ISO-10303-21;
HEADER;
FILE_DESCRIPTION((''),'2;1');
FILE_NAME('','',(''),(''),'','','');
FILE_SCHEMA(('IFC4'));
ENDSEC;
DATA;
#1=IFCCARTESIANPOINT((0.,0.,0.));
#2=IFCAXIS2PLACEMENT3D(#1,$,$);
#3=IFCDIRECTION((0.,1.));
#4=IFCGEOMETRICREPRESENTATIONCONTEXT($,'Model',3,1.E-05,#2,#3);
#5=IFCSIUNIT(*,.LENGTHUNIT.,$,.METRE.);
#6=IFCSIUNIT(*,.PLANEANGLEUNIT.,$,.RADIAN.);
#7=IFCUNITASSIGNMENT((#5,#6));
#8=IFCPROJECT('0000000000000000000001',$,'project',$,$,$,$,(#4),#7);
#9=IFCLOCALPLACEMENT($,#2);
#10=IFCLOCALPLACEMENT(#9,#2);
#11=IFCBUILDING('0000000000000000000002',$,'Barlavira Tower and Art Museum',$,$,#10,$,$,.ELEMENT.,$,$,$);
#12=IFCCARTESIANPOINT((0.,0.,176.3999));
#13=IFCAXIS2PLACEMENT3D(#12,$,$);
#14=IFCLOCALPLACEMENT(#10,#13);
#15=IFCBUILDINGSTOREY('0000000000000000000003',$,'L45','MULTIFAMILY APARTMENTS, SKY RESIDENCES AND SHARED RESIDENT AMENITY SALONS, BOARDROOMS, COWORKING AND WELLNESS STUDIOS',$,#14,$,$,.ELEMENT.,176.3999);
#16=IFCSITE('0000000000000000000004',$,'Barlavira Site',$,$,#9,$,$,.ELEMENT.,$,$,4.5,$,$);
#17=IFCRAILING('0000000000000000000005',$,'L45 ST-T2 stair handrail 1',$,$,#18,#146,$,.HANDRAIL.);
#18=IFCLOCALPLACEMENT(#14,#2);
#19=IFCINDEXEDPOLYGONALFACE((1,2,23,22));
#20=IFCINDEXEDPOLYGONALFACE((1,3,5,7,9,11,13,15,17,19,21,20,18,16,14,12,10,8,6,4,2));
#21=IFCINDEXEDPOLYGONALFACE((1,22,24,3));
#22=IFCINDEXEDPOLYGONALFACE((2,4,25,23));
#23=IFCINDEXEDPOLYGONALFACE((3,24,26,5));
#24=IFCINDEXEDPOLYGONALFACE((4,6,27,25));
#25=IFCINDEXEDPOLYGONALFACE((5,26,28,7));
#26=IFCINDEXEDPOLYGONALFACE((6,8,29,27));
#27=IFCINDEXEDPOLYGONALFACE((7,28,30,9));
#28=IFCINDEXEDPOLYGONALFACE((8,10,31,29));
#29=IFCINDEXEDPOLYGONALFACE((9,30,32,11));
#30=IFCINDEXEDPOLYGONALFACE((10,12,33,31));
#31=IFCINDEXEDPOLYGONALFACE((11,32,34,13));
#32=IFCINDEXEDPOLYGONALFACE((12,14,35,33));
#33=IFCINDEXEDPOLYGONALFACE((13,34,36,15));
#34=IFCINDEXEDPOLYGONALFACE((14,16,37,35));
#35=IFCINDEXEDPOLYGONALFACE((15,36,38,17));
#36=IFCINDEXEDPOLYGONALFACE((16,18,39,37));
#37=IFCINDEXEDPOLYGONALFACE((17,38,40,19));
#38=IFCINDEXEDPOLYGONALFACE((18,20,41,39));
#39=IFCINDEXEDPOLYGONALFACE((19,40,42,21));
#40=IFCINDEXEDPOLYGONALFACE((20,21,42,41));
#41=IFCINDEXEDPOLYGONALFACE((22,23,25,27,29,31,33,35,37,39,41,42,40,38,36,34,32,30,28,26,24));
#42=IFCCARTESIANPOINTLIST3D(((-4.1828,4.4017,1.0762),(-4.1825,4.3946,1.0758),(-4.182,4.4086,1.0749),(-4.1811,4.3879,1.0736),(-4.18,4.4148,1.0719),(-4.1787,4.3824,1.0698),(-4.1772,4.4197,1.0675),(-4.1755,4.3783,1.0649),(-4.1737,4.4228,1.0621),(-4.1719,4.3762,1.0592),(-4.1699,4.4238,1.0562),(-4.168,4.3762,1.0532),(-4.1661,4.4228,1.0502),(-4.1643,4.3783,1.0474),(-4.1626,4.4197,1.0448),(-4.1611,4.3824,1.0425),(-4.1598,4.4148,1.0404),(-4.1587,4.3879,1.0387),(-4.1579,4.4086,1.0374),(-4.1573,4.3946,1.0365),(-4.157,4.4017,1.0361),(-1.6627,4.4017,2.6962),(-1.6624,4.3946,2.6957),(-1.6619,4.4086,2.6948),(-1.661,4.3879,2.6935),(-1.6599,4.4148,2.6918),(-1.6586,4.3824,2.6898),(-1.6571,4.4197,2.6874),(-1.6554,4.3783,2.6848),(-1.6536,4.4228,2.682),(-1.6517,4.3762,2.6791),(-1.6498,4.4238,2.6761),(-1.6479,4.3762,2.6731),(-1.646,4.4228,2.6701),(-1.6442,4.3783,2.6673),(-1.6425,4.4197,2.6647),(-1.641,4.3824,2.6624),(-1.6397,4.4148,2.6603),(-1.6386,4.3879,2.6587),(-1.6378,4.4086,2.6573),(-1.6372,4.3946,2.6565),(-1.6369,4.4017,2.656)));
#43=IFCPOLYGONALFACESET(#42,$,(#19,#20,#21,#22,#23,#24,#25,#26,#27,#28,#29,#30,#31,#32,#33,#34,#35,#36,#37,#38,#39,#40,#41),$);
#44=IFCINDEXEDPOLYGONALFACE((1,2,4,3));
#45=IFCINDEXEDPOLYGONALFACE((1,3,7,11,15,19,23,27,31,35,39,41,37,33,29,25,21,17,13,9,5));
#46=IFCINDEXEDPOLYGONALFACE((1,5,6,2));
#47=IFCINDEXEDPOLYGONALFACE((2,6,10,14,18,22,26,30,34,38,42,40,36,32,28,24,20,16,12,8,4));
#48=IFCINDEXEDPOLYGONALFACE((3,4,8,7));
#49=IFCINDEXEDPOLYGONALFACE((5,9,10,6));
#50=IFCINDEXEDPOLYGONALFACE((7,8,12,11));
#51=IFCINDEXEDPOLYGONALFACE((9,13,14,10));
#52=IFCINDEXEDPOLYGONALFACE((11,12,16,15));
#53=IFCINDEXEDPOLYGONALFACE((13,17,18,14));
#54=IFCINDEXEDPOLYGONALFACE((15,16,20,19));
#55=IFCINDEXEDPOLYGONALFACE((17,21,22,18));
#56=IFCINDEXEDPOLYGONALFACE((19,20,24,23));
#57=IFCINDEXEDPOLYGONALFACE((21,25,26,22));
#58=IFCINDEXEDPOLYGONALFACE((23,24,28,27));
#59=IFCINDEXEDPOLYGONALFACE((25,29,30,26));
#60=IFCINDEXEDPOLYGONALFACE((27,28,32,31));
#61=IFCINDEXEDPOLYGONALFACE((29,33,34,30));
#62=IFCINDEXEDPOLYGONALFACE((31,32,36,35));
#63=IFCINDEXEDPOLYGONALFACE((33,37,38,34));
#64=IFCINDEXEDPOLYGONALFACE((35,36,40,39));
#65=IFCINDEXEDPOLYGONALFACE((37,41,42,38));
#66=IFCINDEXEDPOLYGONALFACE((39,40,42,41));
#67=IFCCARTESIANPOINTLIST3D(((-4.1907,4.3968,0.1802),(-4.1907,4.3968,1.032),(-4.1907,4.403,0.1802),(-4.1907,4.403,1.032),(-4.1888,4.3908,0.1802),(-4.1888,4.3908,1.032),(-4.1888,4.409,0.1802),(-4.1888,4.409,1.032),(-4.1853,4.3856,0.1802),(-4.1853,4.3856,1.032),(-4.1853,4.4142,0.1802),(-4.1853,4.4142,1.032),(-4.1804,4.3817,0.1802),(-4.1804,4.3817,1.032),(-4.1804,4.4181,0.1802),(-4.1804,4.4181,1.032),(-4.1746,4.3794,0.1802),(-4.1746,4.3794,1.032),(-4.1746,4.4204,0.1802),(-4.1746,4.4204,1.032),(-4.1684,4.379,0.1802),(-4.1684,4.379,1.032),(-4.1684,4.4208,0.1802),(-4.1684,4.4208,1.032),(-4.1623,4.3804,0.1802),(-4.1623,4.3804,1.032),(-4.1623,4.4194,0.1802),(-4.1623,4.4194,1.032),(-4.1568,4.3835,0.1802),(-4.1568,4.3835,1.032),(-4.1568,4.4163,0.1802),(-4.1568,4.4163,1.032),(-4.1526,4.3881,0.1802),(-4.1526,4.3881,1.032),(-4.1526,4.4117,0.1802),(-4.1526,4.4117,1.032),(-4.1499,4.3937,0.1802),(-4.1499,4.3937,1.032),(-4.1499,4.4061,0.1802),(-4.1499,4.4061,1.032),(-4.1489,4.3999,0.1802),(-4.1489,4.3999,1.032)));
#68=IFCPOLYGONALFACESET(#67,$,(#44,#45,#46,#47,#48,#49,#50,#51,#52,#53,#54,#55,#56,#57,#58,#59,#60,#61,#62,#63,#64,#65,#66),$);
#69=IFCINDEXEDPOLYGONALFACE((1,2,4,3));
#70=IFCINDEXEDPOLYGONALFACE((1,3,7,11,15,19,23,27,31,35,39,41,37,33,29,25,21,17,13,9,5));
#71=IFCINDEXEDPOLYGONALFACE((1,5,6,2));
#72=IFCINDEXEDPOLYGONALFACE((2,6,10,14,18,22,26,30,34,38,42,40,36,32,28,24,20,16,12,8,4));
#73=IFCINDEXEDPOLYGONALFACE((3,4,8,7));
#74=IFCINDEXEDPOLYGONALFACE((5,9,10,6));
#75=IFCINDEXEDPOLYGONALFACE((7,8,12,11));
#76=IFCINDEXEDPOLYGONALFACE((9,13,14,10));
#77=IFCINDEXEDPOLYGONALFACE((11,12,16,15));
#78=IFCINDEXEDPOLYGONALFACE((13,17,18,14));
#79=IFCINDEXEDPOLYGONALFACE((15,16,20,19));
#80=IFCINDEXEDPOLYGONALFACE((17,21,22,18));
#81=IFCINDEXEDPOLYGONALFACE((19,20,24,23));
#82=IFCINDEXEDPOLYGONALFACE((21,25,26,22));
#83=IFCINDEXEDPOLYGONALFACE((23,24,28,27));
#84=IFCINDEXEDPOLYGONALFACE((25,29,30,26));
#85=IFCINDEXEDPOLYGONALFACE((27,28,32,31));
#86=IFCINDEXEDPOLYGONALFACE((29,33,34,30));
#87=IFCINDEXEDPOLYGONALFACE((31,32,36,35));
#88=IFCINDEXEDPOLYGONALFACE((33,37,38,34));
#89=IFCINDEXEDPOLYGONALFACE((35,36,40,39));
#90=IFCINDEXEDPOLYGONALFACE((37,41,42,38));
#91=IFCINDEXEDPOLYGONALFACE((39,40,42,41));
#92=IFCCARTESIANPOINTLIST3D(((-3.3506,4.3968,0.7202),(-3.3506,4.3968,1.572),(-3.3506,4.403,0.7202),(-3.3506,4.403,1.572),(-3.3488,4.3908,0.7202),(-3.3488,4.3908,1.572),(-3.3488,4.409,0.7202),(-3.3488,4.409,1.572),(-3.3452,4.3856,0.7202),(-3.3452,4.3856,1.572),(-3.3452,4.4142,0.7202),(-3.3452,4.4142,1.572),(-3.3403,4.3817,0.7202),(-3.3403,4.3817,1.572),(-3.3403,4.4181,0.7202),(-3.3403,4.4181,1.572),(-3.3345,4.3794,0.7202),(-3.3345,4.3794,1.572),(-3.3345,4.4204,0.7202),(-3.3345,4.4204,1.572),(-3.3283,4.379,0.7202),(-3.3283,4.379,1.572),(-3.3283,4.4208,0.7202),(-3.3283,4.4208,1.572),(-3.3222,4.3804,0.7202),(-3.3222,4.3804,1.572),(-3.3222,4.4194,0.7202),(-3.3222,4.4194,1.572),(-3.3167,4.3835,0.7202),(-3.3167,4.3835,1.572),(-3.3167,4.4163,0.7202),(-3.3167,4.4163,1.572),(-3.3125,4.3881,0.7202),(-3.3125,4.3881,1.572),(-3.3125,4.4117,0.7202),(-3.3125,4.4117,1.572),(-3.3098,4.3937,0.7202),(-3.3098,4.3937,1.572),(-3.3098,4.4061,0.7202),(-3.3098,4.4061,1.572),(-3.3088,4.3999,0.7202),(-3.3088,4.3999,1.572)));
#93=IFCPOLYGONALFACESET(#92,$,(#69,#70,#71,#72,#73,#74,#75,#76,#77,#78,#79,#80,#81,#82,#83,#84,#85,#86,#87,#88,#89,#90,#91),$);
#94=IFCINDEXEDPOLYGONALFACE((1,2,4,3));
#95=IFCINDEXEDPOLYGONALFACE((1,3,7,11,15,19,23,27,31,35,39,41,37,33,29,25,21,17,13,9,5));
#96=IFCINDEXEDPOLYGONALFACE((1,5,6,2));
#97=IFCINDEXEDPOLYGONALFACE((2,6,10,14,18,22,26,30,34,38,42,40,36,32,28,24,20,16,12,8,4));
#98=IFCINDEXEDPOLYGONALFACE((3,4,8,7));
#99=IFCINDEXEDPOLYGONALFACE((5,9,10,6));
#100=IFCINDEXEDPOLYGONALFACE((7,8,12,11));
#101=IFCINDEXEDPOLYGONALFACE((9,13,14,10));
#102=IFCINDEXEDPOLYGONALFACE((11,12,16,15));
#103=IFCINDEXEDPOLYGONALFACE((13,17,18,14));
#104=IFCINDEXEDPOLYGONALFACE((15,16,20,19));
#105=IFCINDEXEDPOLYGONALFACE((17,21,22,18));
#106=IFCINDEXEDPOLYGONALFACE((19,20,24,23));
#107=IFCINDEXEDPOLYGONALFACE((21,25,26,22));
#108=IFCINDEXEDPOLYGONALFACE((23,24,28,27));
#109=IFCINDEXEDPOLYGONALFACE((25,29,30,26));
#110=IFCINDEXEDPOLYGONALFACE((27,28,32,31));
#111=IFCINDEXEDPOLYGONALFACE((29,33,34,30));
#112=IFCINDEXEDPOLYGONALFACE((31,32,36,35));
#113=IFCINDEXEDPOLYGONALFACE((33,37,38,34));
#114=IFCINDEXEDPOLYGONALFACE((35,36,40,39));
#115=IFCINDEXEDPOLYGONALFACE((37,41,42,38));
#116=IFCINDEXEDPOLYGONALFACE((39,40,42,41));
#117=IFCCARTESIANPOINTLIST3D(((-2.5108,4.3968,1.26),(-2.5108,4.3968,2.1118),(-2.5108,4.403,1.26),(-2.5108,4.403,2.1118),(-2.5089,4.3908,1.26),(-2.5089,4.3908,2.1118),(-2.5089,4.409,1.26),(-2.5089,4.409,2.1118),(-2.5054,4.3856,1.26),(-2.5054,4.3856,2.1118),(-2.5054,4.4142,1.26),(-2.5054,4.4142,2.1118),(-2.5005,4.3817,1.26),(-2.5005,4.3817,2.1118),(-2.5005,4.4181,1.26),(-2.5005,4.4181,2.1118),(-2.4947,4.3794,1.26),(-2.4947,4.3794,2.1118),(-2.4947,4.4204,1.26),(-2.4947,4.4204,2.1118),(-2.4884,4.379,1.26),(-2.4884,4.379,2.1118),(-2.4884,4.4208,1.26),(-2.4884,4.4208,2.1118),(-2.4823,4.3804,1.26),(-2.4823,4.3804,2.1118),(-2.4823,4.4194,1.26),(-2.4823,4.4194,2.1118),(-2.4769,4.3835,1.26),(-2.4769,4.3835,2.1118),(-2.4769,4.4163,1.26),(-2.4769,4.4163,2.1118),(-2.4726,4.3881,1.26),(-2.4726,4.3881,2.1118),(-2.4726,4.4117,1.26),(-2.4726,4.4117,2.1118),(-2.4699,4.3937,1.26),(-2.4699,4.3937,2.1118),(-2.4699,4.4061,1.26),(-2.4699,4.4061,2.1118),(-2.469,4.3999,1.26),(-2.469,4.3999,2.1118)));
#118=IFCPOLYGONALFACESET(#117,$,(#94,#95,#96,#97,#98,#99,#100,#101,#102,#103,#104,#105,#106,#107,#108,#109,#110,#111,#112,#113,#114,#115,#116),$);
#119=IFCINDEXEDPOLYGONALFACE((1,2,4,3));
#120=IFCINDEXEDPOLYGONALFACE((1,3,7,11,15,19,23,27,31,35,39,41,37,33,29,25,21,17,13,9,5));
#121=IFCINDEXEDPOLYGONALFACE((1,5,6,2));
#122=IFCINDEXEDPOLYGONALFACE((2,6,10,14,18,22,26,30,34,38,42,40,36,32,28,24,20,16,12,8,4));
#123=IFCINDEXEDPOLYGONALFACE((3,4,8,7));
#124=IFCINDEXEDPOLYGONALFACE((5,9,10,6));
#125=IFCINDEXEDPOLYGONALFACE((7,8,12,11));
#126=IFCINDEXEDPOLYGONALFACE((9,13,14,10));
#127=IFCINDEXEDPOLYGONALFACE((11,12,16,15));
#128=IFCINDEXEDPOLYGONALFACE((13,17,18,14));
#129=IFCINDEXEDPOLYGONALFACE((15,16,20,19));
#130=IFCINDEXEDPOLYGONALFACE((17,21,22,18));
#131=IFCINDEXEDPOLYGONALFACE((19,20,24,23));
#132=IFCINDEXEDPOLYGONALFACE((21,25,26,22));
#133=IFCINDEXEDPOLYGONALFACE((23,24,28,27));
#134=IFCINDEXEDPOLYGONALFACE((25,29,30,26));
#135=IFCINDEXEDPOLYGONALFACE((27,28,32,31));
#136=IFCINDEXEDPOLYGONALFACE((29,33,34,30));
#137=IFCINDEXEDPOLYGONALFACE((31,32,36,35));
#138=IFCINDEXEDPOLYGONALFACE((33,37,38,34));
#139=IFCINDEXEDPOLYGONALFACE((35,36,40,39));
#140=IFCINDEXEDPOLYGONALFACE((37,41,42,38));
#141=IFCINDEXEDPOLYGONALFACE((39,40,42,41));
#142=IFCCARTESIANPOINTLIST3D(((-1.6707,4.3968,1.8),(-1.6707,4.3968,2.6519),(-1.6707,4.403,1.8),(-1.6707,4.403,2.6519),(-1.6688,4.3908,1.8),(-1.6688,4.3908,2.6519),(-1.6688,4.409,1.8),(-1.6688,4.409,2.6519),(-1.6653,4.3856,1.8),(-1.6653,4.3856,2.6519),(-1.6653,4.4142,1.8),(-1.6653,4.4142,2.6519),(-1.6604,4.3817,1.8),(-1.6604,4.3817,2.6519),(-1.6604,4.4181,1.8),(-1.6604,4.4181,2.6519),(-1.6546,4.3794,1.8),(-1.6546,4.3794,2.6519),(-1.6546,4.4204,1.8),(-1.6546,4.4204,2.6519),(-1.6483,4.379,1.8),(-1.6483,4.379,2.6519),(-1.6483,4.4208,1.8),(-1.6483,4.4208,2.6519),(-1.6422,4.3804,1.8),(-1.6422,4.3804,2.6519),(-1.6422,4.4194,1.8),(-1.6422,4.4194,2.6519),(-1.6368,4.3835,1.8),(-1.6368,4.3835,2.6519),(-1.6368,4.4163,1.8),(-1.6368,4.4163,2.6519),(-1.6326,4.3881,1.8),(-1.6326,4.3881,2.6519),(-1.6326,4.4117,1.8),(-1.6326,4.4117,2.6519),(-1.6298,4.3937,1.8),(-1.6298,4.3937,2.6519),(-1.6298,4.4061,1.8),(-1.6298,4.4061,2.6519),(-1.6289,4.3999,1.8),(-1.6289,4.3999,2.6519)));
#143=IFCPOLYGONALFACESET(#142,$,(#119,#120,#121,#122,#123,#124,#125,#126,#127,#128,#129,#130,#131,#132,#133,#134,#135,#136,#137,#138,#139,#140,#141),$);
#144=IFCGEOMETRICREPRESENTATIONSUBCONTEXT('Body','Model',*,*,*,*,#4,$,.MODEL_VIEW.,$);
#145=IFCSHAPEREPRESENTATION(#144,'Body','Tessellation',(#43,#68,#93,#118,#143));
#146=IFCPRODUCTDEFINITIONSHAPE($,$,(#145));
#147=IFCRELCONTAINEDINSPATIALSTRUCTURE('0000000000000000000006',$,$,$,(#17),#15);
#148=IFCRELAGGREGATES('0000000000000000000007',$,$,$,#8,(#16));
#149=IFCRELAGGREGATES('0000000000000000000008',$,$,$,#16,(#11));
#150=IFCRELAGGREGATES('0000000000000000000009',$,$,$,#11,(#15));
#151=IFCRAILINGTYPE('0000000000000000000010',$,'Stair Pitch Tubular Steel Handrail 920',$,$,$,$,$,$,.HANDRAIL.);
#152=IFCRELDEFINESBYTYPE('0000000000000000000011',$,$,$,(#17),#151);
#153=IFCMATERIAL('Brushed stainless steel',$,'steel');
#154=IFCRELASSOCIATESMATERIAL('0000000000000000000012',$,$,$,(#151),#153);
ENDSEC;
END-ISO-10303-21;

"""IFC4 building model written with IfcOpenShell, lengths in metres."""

from ifc_helpers import new_model, si_unit, direction, frame, origin, origin_2d, place, context, subcontext, project, spatial, circle, extrude, material, type_object, element, save


model = new_model("IFC4")

# Units and contexts
model_context = context("Model", 3, precision=1e-05, world=origin(), true_north=direction((0.0, 1.0)))
body_context = subcontext(model_context, "Body", "Model", "MODEL_VIEW")
ifc_project = project(units=[si_unit("LENGTHUNIT", "METRE"), si_unit("PLANEANGLEUNIT", "RADIAN")], contexts=[model_context])

# Site, building, storey
site_placement = place(None, origin())
site = spatial("IfcSite", under=ifc_project, at=site_placement, Name="Barlavira Site", CompositionType="ELEMENT", RefElevation=4.5)
building_placement = place(site_placement, origin())
building = spatial("IfcBuilding", under=site, at=building_placement, Name="Barlavira Tower and Art Museum", CompositionType="ELEMENT")
storey_placement = place(building_placement, frame((0.0, 0.0, 176.3999)))
storey = spatial("IfcBuildingStorey", under=building, at=storey_placement, Name="L45", Description="MULTIFAMILY APARTMENTS, SKY RESIDENCES AND SHARED RESIDENT AMENITY SALONS, BOARDROOMS, COWORKING AND WELLNESS STUDIOS", CompositionType="ELEMENT", Elevation=176.3999)

# Shared definitions
ifc_material_1 = material(Name="Brushed stainless steel", Category="steel")

# Railing
railing_type_1 = type_object("IfcRailingType", Name="Stair Pitch Tubular Steel Handrail 920", PredefinedType="HANDRAIL", material=ifc_material_1)
railing_1_placement = place(storey_placement, frame((-4.1699, 4.3999, 0.1802)))
element("IfcRailing", 1, at=railing_1_placement, inside=storey, type_object=railing_type_1, Name="L45 ST-T2 stair handrail 1", PredefinedType="HANDRAIL", context=body_context, shape_type="SweptSolid", body=[
    extrude(circle(Radius=0.0239, at=origin_2d()), frame((0.0, 0.0, 0.876), z_axis=(0.8412, 0.0, 0.540725), x_axis=(0.0, 1.0, 0.0)), (0.0, 0.0, 1.0), 2.9958),
    extrude(circle(Radius=0.021, at=origin_2d()), origin(), (0.0, 0.0, 1.0), 0.8518),
    extrude(circle(Radius=0.021, at=origin_2d()), frame((0.8401, 0.0, 0.54)), (0.0, 0.0, 1.0), 0.8518),
    extrude(circle(Radius=0.021, at=origin_2d()), frame((1.6799, 0.0, 1.0798)), (0.0, 0.0, 1.0), 0.8518),
    extrude(circle(Radius=0.021, at=origin_2d()), frame((2.52, 0.0, 1.6199)), (0.0, 0.0, 1.0), 0.8518),
])

save(model, "model.ifc")
